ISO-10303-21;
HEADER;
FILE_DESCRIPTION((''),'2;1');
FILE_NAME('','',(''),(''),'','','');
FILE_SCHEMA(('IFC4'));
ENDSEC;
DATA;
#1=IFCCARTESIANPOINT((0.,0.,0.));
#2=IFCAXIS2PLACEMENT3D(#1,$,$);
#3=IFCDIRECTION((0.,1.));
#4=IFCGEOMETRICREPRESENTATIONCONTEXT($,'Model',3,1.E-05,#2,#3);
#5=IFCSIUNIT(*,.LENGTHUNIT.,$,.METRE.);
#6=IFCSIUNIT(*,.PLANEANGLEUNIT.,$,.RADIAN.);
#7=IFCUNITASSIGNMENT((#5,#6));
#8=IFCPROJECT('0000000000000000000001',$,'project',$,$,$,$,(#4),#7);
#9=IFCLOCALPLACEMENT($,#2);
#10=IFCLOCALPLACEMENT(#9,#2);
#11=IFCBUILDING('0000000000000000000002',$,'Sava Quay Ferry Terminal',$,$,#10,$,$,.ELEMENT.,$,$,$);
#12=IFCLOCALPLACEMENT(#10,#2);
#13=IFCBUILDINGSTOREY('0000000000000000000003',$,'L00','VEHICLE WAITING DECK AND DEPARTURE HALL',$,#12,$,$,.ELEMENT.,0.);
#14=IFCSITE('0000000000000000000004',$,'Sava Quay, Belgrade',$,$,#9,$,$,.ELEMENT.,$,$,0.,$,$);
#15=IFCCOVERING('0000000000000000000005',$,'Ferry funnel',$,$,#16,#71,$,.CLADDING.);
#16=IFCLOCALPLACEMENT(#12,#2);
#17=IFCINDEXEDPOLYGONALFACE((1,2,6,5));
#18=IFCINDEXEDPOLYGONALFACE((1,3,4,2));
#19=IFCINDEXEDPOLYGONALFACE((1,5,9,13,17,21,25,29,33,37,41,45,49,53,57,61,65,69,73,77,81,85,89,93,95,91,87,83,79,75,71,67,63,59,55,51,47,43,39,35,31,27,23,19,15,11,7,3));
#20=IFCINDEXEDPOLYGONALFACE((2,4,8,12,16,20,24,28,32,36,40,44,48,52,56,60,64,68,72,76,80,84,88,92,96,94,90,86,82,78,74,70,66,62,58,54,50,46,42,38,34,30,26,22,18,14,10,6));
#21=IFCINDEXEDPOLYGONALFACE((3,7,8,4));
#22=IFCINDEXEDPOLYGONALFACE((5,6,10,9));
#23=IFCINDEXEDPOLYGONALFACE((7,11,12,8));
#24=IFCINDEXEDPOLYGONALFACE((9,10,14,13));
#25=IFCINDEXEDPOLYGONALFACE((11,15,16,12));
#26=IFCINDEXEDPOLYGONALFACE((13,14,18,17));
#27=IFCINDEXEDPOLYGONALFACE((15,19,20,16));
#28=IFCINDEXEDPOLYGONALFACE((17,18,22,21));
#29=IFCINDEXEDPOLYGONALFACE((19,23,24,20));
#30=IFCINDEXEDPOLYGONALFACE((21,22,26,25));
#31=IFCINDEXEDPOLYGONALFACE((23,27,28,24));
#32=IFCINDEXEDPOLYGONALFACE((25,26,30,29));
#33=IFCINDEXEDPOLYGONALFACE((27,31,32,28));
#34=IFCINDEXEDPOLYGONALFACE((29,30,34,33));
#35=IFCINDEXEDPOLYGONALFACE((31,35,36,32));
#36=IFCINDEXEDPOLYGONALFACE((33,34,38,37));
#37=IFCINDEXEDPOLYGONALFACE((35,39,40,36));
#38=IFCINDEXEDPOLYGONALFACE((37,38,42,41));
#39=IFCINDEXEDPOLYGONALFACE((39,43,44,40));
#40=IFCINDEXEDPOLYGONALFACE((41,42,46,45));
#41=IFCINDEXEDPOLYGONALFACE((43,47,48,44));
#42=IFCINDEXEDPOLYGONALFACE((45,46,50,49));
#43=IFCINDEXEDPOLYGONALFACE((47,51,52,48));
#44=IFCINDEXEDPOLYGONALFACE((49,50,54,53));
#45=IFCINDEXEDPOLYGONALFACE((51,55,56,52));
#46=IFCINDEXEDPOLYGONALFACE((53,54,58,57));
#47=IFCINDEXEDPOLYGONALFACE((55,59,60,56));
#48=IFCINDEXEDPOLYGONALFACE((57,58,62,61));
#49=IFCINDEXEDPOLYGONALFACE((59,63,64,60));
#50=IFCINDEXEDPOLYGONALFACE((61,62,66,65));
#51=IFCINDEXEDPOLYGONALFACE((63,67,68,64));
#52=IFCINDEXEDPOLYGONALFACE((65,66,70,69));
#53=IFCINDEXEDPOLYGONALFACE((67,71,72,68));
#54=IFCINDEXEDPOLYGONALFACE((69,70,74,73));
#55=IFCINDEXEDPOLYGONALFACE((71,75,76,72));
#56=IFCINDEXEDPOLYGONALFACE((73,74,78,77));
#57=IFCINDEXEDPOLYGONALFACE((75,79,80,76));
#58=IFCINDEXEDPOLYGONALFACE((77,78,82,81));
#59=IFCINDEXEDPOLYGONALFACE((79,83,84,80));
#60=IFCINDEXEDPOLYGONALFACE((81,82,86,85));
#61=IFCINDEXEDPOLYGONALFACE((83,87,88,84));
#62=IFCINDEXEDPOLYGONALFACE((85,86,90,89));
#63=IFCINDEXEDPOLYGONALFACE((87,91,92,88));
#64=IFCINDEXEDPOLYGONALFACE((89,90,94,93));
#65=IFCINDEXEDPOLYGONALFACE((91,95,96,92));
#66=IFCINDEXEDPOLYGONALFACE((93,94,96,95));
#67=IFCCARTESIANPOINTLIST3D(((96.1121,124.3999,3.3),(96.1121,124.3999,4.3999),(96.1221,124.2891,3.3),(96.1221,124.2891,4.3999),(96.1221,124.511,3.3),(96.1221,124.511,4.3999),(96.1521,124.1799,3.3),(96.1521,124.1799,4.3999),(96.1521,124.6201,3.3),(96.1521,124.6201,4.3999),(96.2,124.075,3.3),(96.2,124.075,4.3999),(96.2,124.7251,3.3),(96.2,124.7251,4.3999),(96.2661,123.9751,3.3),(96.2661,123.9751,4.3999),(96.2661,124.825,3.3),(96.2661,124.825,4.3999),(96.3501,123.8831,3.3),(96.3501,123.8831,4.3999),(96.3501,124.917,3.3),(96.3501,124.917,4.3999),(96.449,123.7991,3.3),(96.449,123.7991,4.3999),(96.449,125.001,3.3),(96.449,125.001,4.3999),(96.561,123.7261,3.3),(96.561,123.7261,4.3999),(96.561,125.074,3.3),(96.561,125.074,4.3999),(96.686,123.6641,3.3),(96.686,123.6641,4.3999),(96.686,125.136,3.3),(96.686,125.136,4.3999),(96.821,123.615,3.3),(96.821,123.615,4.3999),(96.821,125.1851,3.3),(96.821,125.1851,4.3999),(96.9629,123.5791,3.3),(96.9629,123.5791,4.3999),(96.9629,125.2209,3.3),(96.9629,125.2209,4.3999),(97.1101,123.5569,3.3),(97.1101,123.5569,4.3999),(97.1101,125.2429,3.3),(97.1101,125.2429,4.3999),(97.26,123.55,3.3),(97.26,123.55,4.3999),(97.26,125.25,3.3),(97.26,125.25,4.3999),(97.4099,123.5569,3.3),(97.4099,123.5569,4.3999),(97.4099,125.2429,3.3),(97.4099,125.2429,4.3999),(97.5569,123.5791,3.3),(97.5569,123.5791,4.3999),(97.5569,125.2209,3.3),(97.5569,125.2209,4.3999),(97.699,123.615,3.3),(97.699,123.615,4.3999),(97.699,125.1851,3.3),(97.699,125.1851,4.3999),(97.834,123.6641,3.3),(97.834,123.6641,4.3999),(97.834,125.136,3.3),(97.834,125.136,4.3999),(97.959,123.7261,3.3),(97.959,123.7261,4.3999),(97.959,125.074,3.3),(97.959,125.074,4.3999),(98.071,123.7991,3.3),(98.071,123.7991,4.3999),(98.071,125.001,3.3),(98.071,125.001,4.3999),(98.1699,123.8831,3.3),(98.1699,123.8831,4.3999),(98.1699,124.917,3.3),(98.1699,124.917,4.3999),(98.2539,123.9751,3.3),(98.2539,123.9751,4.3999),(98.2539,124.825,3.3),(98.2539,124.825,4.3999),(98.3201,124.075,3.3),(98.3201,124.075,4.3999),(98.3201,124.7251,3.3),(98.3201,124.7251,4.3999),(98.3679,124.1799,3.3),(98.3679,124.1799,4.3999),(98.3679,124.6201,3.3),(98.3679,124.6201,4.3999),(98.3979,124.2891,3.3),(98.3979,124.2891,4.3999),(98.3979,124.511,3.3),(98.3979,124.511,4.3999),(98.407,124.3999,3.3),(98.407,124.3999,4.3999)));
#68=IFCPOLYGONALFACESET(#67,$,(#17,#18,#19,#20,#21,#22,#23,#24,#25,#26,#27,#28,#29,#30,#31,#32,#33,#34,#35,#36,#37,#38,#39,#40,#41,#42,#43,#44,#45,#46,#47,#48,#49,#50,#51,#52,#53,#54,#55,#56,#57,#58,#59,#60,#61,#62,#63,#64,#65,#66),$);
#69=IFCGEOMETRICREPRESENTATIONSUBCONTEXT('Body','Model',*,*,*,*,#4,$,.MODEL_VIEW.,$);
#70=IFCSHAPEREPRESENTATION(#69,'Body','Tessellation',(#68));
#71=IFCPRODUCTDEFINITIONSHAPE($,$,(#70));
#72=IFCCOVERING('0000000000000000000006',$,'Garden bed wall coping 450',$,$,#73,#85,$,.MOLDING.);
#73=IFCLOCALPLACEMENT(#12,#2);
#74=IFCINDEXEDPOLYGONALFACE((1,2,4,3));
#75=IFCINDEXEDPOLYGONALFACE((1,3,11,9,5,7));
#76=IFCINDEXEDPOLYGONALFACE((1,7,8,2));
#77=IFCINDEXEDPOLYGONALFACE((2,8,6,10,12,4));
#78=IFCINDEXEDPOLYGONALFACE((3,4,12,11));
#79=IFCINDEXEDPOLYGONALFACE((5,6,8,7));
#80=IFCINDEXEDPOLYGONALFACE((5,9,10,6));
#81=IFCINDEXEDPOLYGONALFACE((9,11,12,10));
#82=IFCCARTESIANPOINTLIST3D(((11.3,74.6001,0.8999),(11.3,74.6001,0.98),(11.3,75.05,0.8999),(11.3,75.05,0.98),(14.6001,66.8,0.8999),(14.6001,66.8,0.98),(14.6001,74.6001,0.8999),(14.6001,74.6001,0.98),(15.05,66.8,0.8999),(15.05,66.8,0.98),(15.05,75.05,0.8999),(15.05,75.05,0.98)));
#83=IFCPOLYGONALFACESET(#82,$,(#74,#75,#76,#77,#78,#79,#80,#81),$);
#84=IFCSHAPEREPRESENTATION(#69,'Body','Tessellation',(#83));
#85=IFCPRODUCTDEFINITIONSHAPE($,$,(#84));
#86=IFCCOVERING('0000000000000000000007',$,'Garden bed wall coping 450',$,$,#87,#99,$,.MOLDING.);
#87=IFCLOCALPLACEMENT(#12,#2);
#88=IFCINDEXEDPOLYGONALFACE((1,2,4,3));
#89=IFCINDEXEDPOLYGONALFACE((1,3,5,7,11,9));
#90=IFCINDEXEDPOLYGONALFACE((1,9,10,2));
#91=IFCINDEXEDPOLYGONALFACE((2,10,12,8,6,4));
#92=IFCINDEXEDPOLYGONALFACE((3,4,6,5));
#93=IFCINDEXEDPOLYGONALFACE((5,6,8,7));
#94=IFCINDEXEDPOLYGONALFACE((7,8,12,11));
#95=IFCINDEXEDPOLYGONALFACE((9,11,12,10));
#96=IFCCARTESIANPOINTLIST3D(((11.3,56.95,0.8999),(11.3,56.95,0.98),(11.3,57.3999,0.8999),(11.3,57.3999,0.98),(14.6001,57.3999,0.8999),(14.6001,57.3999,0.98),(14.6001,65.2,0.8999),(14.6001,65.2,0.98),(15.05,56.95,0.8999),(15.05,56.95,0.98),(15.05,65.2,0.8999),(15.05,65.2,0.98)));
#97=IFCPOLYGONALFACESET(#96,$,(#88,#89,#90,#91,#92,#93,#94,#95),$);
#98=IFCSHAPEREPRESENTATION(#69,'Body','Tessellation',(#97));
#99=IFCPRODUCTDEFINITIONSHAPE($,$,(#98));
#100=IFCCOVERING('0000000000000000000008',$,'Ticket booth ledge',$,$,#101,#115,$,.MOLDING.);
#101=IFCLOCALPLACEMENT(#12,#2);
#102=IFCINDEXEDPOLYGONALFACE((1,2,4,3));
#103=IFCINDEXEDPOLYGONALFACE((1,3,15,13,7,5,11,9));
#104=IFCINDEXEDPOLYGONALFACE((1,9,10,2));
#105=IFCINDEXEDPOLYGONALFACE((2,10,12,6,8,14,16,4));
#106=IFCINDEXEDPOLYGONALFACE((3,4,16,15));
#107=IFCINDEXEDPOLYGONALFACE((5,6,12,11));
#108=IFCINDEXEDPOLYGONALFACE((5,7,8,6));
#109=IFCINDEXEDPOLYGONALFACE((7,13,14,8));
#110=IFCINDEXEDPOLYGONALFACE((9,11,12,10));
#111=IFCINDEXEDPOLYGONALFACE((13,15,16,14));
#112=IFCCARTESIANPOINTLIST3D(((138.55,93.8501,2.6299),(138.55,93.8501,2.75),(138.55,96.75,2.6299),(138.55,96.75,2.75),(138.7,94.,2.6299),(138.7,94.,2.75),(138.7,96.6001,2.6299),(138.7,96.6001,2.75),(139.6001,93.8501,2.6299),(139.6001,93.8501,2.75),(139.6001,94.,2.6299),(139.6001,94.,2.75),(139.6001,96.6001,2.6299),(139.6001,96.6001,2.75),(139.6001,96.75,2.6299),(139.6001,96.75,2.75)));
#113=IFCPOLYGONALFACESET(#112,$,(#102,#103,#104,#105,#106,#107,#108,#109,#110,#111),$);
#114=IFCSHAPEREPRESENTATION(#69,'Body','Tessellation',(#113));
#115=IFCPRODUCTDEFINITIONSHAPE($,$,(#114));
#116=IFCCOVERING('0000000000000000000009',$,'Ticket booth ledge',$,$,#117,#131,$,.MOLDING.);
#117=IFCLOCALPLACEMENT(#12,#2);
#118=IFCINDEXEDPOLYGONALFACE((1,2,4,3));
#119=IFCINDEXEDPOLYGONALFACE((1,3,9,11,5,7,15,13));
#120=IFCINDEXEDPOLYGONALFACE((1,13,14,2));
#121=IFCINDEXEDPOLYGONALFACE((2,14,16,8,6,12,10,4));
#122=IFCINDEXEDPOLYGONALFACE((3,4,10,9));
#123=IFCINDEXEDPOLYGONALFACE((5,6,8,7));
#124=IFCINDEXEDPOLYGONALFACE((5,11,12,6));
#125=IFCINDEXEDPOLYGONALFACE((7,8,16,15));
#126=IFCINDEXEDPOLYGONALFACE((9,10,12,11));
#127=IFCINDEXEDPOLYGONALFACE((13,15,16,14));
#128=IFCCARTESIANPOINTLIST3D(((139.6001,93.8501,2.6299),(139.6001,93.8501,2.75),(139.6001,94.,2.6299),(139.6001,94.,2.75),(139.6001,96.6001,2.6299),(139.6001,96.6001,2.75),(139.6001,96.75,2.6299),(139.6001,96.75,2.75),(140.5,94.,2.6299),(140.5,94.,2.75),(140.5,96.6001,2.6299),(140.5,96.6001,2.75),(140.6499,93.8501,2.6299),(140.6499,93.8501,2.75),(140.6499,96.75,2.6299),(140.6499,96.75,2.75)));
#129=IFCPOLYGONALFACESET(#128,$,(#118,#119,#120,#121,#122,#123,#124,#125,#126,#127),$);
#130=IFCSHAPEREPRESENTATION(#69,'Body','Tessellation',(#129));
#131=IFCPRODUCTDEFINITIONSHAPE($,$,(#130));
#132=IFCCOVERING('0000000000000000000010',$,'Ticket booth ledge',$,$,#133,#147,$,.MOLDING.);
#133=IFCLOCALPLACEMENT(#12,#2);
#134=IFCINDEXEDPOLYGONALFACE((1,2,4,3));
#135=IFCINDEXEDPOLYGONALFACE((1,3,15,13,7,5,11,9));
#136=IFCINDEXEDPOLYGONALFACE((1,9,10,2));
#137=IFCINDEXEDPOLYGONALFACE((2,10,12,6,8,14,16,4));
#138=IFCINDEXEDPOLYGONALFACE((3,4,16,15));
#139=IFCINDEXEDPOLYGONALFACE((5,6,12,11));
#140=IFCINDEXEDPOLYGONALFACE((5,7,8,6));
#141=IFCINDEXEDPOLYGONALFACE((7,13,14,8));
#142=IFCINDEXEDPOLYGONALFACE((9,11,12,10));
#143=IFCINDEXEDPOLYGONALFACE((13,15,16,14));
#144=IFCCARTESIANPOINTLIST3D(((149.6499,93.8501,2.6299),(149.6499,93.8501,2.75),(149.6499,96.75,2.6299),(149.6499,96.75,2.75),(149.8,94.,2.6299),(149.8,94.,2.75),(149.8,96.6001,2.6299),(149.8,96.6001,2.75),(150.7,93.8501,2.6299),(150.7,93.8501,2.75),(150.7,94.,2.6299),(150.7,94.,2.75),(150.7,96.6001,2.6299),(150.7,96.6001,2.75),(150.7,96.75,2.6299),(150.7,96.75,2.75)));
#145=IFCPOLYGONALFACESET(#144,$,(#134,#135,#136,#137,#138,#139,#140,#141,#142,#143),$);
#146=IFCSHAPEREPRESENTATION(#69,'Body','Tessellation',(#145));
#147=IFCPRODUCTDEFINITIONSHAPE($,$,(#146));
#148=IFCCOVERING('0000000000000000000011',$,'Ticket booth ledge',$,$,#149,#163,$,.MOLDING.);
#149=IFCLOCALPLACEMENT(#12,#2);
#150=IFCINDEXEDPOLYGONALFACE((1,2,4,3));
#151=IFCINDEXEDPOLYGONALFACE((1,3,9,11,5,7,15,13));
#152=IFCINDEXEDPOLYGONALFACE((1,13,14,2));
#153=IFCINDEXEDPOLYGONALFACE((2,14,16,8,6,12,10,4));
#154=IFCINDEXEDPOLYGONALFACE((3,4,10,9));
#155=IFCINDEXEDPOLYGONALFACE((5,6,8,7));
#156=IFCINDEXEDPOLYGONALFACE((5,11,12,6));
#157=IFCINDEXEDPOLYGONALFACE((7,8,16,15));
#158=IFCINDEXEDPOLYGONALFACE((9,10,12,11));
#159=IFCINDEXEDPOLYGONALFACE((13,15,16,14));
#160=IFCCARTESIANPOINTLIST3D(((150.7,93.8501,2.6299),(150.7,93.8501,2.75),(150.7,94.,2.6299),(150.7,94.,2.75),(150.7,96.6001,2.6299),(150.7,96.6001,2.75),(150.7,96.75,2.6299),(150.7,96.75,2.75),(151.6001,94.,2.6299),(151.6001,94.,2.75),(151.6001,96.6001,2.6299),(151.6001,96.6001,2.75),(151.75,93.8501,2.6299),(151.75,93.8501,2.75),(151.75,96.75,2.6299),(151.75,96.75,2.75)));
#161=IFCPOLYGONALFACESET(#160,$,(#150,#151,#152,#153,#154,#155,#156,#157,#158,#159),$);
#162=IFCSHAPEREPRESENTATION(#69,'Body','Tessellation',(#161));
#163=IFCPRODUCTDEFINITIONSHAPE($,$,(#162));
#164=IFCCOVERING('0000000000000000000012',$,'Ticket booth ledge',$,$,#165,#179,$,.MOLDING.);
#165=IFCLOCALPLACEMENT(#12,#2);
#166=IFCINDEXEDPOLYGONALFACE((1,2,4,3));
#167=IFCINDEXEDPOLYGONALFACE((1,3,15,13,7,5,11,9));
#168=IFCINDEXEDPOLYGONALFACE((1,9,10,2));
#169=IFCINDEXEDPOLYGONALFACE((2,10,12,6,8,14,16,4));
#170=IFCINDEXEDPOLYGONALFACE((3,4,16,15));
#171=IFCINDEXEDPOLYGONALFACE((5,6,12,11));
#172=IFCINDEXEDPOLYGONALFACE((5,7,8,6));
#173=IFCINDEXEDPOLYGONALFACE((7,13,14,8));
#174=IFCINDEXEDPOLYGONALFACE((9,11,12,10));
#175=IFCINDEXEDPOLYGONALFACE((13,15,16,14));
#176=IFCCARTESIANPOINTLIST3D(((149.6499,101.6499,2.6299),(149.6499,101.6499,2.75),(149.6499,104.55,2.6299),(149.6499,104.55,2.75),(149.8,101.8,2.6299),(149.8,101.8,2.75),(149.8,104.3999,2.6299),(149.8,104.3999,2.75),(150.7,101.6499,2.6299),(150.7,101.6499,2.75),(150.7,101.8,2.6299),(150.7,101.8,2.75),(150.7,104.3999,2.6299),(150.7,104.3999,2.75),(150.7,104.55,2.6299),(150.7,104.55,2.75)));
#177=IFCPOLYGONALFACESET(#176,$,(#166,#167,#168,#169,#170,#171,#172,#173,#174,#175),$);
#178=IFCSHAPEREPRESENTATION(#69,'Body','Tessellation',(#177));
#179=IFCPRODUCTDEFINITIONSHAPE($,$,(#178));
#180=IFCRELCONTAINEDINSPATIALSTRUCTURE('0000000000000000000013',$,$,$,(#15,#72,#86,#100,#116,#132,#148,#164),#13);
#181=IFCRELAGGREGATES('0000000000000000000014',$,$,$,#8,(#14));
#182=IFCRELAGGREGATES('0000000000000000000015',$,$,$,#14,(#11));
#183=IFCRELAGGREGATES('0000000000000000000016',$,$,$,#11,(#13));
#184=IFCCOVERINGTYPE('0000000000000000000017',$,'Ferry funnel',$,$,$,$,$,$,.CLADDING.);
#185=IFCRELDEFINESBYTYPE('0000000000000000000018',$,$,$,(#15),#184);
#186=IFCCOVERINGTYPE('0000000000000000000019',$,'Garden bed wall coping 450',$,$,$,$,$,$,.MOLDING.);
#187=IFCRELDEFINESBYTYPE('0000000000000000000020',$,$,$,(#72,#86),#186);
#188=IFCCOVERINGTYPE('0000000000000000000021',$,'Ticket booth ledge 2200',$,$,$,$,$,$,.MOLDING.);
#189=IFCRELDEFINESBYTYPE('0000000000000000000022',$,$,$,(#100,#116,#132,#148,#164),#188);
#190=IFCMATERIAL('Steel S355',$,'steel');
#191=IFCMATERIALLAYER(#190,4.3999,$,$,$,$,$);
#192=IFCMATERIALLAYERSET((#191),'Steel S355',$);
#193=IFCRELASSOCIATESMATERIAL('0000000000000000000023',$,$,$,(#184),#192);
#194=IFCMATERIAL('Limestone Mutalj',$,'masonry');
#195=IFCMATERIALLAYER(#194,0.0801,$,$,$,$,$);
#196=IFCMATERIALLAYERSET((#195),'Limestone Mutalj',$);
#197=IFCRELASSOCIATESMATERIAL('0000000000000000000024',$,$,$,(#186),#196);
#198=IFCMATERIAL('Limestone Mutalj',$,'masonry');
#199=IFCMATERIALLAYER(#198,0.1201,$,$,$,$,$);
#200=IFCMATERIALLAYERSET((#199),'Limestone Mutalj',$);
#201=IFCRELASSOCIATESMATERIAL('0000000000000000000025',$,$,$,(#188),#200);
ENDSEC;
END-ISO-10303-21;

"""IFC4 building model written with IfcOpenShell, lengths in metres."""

from ifc_helpers import new_model, si_unit, direction, frame, origin, place, context, subcontext, project, spatial, polyline, outline, extrude, material, layer, layer_set, type_object, element, save


model = new_model("IFC4")

# Units and contexts
model_context = context("Model", 3, precision=1e-05, world=origin(), true_north=direction((0.0, 1.0)))
body_context = subcontext(model_context, "Body", "Model", "MODEL_VIEW")
ifc_project = project(units=[si_unit("LENGTHUNIT", "METRE"), si_unit("PLANEANGLEUNIT", "RADIAN")], contexts=[model_context])

# Site, building, storey
site_placement = place(None, origin())
site = spatial("IfcSite", under=ifc_project, at=site_placement, Name="Sava Quay, Belgrade", CompositionType="ELEMENT", RefElevation=0.0)
building_placement = place(site_placement, origin())
building = spatial("IfcBuilding", under=site, at=building_placement, Name="Sava Quay Ferry Terminal", CompositionType="ELEMENT")
storey_placement = place(building_placement, origin())
storey = spatial("IfcBuildingStorey", under=building, at=storey_placement, Name="L00", Description="VEHICLE WAITING DECK AND DEPARTURE HALL", CompositionType="ELEMENT", Elevation=0.0)

# Coverings
ifc_material_1 = material(Name="Steel S355", Category="steel")
ifc_layer_1 = layer(ifc_material_1, 4.3999)
ifc_layer_set_1 = layer_set([ifc_layer_1], Name="Steel S355")
covering_type_1 = type_object("IfcCoveringType", Name="Ferry funnel", PredefinedType="CLADDING", material=ifc_layer_set_1)
covering_1_placement = place(storey_placement, frame((0.0, 0.0, 3.3)))
element("IfcCovering", 1, at=covering_1_placement, inside=storey, type_object=covering_type_1, Name="Ferry funnel", PredefinedType="CLADDING", context=body_context, shape_type="SweptSolid", body=[
    extrude(outline(polyline([(98.407, 124.3999), (98.3979, 124.511), (98.3679, 124.6201), (98.3201, 124.7251), (98.2539, 124.825), (98.1699, 124.917), (98.071, 125.001), (97.959, 125.074), (97.834, 125.136), (97.699, 125.1851), (97.5569, 125.2209), (97.4099, 125.2429), (97.26, 125.25), (97.1101, 125.2429), (96.9629, 125.2209), (96.821, 125.1851), (96.686, 125.136), (96.561, 125.074), (96.449, 125.001), (96.3501, 124.917), (96.2661, 124.825), (96.2, 124.7251), (96.1521, 124.6201), (96.1221, 124.511), (96.1121, 124.3999), (96.1221, 124.2891), (96.1521, 124.1799), (96.2, 124.075), (96.2661, 123.9751), (96.3501, 123.8831), (96.449, 123.7991), (96.561, 123.7261), (96.686, 123.6641), (96.821, 123.615), (96.9629, 123.5791), (97.1101, 123.5569), (97.26, 123.55), (97.4099, 123.5569), (97.5569, 123.5791), (97.699, 123.615), (97.834, 123.6641), (97.959, 123.7261), (98.071, 123.7991), (98.1699, 123.8831), (98.2539, 123.9751), (98.3201, 124.075), (98.3679, 124.1799), (98.3979, 124.2891), (98.407, 124.3999)])), origin(), (0.0, 0.0, 1.0), 1.0999),
])
ifc_material_2 = material(Name="Limestone Mutalj", Category="masonry")
ifc_layer_2 = layer(ifc_material_2, 0.0801)
ifc_layer_set_2 = layer_set([ifc_layer_2], Name="Limestone Mutalj")
covering_type_2 = type_object("IfcCoveringType", Name="Garden bed wall coping 450", PredefinedType="MOLDING", material=ifc_layer_set_2)
covering_2_placement = place(storey_placement, frame((0.0, 0.0, 0.8999)))
element("IfcCovering", 2, at=covering_2_placement, inside=storey, type_object=covering_type_2, Name="Garden bed wall coping 450", PredefinedType="MOLDING", context=body_context, shape_type="SweptSolid", body=[
    extrude(outline(polyline([(14.6001, 66.8), (15.05, 66.8), (15.05, 75.05), (11.3, 75.05), (11.3, 74.6001), (14.6001, 74.6001), (14.6001, 66.8)])), origin(), (0.0, 0.0, 1.0), 0.0801),
])
covering_3_placement = place(storey_placement, frame((0.0, 0.0, 0.8999)))
element("IfcCovering", 3, at=covering_3_placement, inside=storey, type_object=covering_type_2, Name="Garden bed wall coping 450", PredefinedType="MOLDING", context=body_context, shape_type="SweptSolid", body=[
    extrude(outline(polyline([(11.3, 57.3999), (11.3, 56.95), (15.05, 56.95), (15.05, 65.2), (14.6001, 65.2), (14.6001, 57.3999), (11.3, 57.3999)])), origin(), (0.0, 0.0, 1.0), 0.0801),
])
ifc_material_3 = material(Name="Limestone Mutalj", Category="masonry")
ifc_layer_3 = layer(ifc_material_3, 0.1201)
ifc_layer_set_3 = layer_set([ifc_layer_3], Name="Limestone Mutalj")
covering_type_3 = type_object("IfcCoveringType", Name="Ticket booth ledge 2200", PredefinedType="MOLDING", material=ifc_layer_set_3)
covering_4_placement = place(storey_placement, frame((0.0, 0.0, 2.6299)))
element("IfcCovering", 4, at=covering_4_placement, inside=storey, type_object=covering_type_3, Name="Ticket booth ledge", PredefinedType="MOLDING", context=body_context, shape_type="SweptSolid", body=[
    extrude(outline(polyline([(138.55, 96.75), (138.55, 93.8501), (139.6001, 93.8501), (139.6001, 94.0), (138.7, 94.0), (138.7, 96.6001), (139.6001, 96.6001), (139.6001, 96.75), (138.55, 96.75)])), origin(), (0.0, 0.0, 1.0), 0.1201),
])
covering_5_placement = place(storey_placement, frame((0.0, 0.0, 2.6299)))
element("IfcCovering", 5, at=covering_5_placement, inside=storey, type_object=covering_type_3, Name="Ticket booth ledge", PredefinedType="MOLDING", context=body_context, shape_type="SweptSolid", body=[
    extrude(outline(polyline([(140.6499, 96.75), (139.6001, 96.75), (139.6001, 96.6001), (140.5, 96.6001), (140.5, 94.0), (139.6001, 94.0), (139.6001, 93.8501), (140.6499, 93.8501), (140.6499, 96.75)])), origin(), (0.0, 0.0, 1.0), 0.1201),
])
covering_6_placement = place(storey_placement, frame((0.0, 0.0, 2.6299)))
element("IfcCovering", 6, at=covering_6_placement, inside=storey, type_object=covering_type_3, Name="Ticket booth ledge", PredefinedType="MOLDING", context=body_context, shape_type="SweptSolid", body=[
    extrude(outline(polyline([(149.6499, 96.75), (149.6499, 93.8501), (150.7, 93.8501), (150.7, 94.0), (149.8, 94.0), (149.8, 96.6001), (150.7, 96.6001), (150.7, 96.75), (149.6499, 96.75)])), origin(), (0.0, 0.0, 1.0), 0.1201),
])
covering_7_placement = place(storey_placement, frame((0.0, 0.0, 2.6299)))
element("IfcCovering", 7, at=covering_7_placement, inside=storey, type_object=covering_type_3, Name="Ticket booth ledge", PredefinedType="MOLDING", context=body_context, shape_type="SweptSolid", body=[
    extrude(outline(polyline([(151.75, 96.75), (150.7, 96.75), (150.7, 96.6001), (151.6001, 96.6001), (151.6001, 94.0), (150.7, 94.0), (150.7, 93.8501), (151.75, 93.8501), (151.75, 96.75)])), origin(), (0.0, 0.0, 1.0), 0.1201),
])
covering_8_placement = place(storey_placement, frame((0.0, 0.0, 2.6299)))
element("IfcCovering", 8, at=covering_8_placement, inside=storey, type_object=covering_type_3, Name="Ticket booth ledge", PredefinedType="MOLDING", context=body_context, shape_type="SweptSolid", body=[
    extrude(outline(polyline([(149.6499, 104.55), (149.6499, 101.6499), (150.7, 101.6499), (150.7, 101.8), (149.8, 101.8), (149.8, 104.3999), (150.7, 104.3999), (150.7, 104.55), (149.6499, 104.55)])), origin(), (0.0, 0.0, 1.0), 0.1201),
])

save(model, "model.ifc")
